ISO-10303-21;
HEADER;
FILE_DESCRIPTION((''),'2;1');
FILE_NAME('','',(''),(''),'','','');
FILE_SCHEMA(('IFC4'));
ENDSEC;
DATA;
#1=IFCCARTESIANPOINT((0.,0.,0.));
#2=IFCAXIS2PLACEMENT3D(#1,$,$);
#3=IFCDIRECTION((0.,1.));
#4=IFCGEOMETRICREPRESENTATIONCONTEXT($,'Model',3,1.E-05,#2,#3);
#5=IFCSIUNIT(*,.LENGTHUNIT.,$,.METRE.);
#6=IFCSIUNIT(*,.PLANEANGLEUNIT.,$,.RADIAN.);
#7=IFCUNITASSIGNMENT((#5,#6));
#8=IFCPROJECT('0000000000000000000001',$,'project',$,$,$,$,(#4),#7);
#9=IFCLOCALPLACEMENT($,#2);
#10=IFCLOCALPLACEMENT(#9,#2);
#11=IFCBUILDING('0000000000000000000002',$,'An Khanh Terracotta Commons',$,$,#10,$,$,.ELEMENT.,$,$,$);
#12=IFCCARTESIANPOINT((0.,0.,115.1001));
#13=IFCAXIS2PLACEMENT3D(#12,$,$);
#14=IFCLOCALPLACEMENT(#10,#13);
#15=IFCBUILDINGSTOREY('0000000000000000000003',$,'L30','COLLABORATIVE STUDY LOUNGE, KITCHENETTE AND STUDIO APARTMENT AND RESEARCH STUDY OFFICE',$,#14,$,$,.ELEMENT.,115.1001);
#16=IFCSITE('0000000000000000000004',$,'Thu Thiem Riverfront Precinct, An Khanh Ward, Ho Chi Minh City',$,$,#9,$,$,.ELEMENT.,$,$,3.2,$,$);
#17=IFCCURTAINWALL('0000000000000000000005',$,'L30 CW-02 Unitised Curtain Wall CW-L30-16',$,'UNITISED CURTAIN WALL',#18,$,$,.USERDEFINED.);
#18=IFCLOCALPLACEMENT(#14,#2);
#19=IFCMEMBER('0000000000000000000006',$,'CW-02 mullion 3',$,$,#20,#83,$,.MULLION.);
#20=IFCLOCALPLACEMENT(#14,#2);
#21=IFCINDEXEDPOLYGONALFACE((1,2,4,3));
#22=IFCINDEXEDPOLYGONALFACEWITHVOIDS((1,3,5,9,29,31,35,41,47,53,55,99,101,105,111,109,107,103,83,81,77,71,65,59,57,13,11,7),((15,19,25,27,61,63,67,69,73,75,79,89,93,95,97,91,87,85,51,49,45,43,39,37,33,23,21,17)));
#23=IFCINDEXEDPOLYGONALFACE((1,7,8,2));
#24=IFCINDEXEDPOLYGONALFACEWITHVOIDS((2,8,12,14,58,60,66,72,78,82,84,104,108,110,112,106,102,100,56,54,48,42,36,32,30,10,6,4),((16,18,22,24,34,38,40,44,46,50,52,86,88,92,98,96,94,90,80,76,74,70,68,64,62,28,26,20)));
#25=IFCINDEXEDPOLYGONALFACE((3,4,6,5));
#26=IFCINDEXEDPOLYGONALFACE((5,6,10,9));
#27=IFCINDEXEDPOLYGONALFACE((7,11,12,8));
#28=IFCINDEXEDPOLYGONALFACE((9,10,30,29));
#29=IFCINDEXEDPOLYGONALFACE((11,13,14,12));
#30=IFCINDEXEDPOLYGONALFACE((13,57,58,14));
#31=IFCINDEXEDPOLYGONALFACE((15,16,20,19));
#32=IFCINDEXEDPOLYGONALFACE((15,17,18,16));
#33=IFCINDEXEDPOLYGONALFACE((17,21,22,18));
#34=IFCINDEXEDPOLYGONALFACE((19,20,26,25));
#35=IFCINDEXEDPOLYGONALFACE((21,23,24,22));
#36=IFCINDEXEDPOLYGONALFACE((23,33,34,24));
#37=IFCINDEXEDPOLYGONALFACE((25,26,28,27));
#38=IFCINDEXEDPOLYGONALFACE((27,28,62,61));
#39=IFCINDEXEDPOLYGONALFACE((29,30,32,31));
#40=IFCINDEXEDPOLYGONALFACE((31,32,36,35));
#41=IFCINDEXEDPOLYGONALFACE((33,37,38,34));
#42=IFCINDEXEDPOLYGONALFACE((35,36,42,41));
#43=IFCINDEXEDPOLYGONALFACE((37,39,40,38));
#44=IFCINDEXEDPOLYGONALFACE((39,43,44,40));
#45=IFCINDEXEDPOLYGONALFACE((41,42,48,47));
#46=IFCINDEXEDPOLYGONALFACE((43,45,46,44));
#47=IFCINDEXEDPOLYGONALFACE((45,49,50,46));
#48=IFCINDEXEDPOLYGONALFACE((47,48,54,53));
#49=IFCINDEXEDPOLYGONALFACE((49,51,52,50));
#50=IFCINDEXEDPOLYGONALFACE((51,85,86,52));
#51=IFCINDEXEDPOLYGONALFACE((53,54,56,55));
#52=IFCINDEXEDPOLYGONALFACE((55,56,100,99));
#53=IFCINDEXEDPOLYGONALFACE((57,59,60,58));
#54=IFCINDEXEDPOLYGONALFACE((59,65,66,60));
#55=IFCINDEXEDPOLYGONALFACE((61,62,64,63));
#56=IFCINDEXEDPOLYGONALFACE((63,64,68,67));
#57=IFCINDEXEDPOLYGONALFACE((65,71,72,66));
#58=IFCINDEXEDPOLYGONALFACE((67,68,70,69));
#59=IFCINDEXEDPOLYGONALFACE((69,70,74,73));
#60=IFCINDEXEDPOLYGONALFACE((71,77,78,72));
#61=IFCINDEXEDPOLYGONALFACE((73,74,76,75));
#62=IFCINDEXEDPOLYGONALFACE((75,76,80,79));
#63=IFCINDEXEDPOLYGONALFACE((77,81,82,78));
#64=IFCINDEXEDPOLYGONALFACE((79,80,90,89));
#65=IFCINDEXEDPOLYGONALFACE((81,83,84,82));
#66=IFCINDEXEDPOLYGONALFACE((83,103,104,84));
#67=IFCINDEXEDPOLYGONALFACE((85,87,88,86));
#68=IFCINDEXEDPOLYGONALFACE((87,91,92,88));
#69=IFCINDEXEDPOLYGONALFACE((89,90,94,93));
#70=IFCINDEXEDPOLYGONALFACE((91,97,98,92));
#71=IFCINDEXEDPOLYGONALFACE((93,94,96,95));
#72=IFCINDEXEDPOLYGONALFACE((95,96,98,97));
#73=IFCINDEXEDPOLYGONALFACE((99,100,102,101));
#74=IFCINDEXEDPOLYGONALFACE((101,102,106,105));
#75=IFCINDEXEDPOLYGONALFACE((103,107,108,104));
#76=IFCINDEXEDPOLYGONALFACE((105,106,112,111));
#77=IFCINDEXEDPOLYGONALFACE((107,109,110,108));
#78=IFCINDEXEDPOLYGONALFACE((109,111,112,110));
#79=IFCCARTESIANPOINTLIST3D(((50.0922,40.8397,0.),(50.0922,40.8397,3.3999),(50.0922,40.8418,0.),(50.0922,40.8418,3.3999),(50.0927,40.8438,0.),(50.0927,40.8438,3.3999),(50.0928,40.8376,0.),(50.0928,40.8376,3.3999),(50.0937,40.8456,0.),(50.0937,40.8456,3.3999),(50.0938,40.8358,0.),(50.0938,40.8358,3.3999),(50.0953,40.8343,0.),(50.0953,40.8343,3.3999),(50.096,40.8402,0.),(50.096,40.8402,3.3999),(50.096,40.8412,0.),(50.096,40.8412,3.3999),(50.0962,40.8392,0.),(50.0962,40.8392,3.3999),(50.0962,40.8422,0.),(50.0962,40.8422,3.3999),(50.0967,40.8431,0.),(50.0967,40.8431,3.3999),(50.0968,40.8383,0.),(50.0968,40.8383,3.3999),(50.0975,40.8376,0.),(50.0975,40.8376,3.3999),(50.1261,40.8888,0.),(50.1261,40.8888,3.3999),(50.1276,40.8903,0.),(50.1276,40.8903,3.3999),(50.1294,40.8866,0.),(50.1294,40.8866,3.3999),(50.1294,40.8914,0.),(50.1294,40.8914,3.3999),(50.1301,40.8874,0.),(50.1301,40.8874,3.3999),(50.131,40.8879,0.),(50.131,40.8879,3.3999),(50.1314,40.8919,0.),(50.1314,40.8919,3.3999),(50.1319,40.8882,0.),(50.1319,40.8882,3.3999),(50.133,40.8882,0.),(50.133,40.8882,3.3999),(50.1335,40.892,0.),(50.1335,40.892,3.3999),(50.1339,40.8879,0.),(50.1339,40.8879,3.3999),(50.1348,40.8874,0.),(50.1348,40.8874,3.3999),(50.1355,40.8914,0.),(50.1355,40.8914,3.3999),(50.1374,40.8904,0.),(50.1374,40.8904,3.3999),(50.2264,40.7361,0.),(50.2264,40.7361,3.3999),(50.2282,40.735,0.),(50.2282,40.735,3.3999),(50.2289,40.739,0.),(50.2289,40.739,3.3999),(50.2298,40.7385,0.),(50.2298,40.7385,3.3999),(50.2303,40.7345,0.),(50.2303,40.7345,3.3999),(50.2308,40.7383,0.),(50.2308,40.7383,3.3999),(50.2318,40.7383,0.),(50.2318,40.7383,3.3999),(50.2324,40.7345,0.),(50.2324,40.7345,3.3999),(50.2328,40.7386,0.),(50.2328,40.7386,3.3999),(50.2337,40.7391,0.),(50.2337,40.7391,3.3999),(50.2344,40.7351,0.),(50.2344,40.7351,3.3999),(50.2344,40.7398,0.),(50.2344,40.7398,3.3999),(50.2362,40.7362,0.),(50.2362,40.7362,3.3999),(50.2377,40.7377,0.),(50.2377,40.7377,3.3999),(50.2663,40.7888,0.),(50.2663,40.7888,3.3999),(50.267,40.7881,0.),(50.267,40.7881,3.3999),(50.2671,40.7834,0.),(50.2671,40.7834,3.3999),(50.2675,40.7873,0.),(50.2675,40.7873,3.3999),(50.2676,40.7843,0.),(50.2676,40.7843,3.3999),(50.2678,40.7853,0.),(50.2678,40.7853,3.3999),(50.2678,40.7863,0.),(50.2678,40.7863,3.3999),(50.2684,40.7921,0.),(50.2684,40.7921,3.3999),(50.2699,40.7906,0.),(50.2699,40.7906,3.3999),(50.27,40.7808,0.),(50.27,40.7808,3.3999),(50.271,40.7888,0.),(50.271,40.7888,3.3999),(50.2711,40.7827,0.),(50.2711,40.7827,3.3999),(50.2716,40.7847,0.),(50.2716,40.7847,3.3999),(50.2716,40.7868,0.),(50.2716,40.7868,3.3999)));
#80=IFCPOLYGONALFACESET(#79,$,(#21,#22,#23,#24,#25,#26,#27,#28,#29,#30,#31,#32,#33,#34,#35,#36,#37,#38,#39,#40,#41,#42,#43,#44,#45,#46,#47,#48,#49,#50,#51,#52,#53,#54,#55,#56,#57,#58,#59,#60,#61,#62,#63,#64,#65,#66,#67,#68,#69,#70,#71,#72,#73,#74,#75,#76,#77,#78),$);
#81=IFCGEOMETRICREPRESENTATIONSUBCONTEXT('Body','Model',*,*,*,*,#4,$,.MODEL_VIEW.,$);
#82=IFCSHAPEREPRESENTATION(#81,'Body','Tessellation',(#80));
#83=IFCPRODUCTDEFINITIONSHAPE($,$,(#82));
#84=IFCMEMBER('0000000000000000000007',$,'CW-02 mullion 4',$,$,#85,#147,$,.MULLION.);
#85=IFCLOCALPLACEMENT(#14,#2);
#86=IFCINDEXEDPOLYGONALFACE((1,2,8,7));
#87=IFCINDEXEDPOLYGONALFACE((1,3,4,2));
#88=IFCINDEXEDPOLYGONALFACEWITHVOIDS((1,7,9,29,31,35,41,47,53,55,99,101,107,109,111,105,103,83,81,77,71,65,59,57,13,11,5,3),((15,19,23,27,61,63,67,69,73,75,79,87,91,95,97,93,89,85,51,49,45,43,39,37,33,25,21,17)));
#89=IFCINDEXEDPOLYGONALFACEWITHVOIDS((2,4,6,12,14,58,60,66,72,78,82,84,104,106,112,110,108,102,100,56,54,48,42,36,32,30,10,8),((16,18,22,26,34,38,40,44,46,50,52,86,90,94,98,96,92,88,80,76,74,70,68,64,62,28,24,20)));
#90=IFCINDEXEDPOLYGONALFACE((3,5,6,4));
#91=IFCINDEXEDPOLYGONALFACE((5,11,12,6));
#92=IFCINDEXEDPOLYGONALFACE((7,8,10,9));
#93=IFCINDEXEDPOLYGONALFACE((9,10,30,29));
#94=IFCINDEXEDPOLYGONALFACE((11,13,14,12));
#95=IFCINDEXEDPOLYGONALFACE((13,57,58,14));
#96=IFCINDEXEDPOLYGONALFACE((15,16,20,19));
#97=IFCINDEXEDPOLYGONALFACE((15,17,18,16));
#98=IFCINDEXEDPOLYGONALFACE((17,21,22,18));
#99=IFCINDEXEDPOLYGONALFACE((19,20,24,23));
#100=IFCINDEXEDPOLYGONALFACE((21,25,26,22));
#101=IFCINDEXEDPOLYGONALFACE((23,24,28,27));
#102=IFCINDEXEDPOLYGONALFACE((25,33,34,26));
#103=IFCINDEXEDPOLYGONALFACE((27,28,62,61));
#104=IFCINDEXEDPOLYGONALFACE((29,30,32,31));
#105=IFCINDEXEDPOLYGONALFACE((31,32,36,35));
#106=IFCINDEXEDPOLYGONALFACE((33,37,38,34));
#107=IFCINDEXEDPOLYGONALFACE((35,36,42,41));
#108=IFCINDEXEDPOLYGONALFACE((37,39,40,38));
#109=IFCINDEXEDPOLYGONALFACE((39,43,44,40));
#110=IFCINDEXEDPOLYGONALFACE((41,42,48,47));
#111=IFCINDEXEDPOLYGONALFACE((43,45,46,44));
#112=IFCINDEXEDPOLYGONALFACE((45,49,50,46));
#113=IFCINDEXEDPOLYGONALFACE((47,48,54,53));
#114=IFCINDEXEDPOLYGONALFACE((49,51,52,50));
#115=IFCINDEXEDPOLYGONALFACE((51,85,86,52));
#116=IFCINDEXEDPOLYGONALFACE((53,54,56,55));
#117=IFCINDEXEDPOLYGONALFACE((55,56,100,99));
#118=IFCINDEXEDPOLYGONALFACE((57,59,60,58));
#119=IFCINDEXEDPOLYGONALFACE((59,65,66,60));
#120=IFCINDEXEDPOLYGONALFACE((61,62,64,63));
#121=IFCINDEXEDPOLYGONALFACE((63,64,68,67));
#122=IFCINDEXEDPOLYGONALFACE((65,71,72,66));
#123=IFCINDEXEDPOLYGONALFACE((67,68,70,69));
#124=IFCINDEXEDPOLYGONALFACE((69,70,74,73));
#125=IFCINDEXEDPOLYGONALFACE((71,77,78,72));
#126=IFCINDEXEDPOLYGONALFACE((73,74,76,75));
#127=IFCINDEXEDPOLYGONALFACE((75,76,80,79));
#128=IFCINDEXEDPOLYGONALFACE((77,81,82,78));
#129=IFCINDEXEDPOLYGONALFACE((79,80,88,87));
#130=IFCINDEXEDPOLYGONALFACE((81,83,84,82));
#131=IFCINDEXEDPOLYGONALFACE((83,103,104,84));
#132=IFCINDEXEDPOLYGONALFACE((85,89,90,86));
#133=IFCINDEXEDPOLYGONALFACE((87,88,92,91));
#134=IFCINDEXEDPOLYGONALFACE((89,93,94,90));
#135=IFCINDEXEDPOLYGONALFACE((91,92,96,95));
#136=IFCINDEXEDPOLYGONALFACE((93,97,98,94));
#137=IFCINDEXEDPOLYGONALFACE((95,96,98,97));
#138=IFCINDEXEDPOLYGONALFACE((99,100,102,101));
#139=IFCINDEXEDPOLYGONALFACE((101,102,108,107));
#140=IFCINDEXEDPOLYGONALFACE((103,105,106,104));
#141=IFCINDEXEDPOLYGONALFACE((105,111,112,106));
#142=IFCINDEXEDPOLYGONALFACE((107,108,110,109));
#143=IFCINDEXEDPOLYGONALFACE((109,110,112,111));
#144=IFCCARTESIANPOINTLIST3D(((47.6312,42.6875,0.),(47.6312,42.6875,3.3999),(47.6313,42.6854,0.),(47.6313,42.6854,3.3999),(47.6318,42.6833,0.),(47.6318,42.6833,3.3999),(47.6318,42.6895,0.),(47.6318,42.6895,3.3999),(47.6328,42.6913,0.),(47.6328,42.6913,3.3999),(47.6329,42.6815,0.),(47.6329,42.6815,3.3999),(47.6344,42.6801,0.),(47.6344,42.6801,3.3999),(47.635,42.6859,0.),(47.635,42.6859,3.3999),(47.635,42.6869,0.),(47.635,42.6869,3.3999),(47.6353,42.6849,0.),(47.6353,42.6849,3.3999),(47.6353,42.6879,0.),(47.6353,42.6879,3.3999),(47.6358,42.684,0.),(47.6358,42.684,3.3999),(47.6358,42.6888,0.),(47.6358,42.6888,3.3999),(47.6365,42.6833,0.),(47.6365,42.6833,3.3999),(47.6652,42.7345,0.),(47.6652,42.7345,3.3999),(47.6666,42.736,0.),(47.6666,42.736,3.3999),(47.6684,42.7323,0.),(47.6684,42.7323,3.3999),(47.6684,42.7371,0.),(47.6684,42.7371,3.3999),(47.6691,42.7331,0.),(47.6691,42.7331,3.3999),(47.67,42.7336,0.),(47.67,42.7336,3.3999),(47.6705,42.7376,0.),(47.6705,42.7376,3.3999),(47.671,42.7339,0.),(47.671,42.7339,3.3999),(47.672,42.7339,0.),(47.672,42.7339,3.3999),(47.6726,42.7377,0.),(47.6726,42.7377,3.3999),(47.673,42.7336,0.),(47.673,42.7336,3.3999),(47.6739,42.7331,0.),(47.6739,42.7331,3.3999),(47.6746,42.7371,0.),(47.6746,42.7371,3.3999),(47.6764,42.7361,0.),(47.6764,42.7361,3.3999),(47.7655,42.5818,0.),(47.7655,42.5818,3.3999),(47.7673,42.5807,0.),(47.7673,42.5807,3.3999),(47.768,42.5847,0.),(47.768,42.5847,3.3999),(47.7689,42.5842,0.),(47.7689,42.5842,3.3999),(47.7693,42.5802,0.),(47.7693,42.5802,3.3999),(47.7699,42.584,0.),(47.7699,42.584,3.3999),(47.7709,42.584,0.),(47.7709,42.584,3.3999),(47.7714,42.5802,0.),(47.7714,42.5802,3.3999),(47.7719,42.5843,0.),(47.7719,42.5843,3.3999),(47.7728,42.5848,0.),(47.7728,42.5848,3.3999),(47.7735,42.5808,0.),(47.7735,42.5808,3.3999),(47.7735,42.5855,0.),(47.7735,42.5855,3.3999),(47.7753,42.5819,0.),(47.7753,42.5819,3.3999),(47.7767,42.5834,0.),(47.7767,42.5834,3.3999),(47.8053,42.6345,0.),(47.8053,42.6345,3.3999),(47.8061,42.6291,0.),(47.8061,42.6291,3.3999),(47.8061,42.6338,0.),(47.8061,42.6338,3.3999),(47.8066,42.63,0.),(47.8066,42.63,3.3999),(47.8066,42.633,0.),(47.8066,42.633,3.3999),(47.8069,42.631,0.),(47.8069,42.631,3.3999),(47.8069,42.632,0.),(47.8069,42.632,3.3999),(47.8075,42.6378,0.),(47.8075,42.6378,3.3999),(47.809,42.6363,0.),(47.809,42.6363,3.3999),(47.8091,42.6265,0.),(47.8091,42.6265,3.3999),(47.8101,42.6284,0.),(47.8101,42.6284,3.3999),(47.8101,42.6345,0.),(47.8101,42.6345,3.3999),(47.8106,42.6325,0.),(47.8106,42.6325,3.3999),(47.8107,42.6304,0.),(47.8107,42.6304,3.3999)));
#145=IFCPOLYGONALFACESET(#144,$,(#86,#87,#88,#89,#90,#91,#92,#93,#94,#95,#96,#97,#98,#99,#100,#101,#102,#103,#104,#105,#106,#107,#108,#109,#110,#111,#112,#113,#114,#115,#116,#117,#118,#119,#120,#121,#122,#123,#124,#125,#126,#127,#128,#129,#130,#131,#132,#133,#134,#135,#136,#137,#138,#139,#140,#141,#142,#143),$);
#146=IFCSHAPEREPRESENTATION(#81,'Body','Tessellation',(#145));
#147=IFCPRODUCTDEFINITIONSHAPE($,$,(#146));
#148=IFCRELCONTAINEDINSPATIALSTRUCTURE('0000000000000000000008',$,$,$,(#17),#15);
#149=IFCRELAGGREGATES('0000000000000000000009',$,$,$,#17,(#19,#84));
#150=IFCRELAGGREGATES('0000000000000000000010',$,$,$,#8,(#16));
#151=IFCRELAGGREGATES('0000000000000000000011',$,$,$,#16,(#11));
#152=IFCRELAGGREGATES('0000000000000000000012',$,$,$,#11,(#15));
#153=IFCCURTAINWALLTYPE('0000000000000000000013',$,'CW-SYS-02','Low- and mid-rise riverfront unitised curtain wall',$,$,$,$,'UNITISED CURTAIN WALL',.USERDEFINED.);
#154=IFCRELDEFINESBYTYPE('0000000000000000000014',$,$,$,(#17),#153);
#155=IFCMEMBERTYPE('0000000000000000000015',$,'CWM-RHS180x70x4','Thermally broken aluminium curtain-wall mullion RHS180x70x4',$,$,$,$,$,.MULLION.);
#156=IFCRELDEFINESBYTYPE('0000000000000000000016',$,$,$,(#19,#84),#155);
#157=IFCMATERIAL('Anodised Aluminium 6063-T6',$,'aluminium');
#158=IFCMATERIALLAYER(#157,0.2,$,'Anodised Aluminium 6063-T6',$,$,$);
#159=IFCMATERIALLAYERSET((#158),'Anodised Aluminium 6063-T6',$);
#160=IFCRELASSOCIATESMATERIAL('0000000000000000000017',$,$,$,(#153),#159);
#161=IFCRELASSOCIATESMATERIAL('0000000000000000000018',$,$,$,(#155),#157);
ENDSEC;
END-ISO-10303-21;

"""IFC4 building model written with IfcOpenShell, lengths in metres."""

from ifc_helpers import new_model, si_unit, direction, frame, origin, origin_2d, place, context, subcontext, project, spatial, hollow_rectangle, extrude, material, layer, layer_set, material_profile, profile_set, type_object, element, aggregate, save


model = new_model("IFC4")

# Units and contexts
model_context = context("Model", 3, precision=1e-05, world=origin(), true_north=direction((0.0, 1.0)))
body_context = subcontext(model_context, "Body", "Model", "MODEL_VIEW")
ifc_project = project(units=[si_unit("LENGTHUNIT", "METRE"), si_unit("PLANEANGLEUNIT", "RADIAN")], contexts=[model_context])

# Site, building, storey
site_placement = place(None, origin())
site = spatial("IfcSite", under=ifc_project, at=site_placement, Name="Thu Thiem Riverfront Precinct, An Khanh Ward, Ho Chi Minh City", CompositionType="ELEMENT", RefElevation=3.2)
building_placement = place(site_placement, origin())
building = spatial("IfcBuilding", under=site, at=building_placement, Name="An Khanh Terracotta Commons", CompositionType="ELEMENT")
storey_placement = place(building_placement, frame((0.0, 0.0, 115.1001)))
storey = spatial("IfcBuildingStorey", under=building, at=storey_placement, Name="L30", Description="COLLABORATIVE STUDY LOUNGE, KITCHENETTE AND STUDIO APARTMENT AND RESEARCH STUDY OFFICE", CompositionType="ELEMENT", Elevation=115.1001)

# Curtain wall, members
ifc_material_1 = material(Name="Anodised Aluminium 6063-T6", Category="aluminium")
ifc_layer_1 = layer(ifc_material_1, 0.2, Name="Anodised Aluminium 6063-T6")
ifc_layer_set_1 = layer_set([ifc_layer_1], Name="Anodised Aluminium 6063-T6")
curtain_wall_type = type_object("IfcCurtainWallType", Name="CW-SYS-02", Description="Low- and mid-rise riverfront unitised curtain wall", ElementType="UNITISED CURTAIN WALL", PredefinedType="USERDEFINED", material=ifc_layer_set_1)
curtain_wall_placement = place(storey_placement, origin())
curtain_wall = element("IfcCurtainWall", 1, at=curtain_wall_placement, inside=storey, type_object=curtain_wall_type, Name="L30 CW-02 Unitised Curtain Wall CW-L30-16", ObjectType="UNITISED CURTAIN WALL", PredefinedType="USERDEFINED")
ifc_material_profile_1 = material_profile(ifc_material_1, hollow_rectangle(XDim=0.0701, YDim=0.1799, WallThickness=0.0039, InnerFilletRadius=0.0039, OuterFilletRadius=0.0081, at=origin_2d()), Name="RHS180x70x4")
ifc_profile_set_1 = profile_set([ifc_material_profile_1], Name="Anodised Aluminium 6063-T6")
member_type_1 = type_object("IfcMemberType", Name="CWM-RHS180x70x4", Description="Thermally broken aluminium curtain-wall mullion RHS180x70x4", PredefinedType="MULLION", material=ifc_profile_set_1)
member_1_placement = place(storey_placement, frame((50.1819, 40.8132, 0.0), z_axis=(0.0, 0.0, 1.0), x_axis=(-0.599983, -0.800013, 0.0)))
member_1 = element("IfcMember", 2, at=member_1_placement, type_object=member_type_1, Name="CW-02 mullion 3", PredefinedType="MULLION", context=body_context, shape_type="SweptSolid", body=[
    extrude(hollow_rectangle(XDim=0.0701, YDim=0.1799, WallThickness=0.0039, InnerFilletRadius=0.0039, OuterFilletRadius=0.0081, at=origin_2d()), origin(), (0.0, 0.0, 1.0), 3.3999),
])
member_2_placement = place(storey_placement, frame((47.7209, 42.6589, 0.0), z_axis=(0.0, 0.0, 1.0), x_axis=(-0.599983, -0.800013, 0.0)))
member_2 = element("IfcMember", 3, at=member_2_placement, type_object=member_type_1, Name="CW-02 mullion 4", PredefinedType="MULLION", context=body_context, shape_type="SweptSolid", body=[
    extrude(hollow_rectangle(XDim=0.0701, YDim=0.1799, WallThickness=0.0039, InnerFilletRadius=0.0039, OuterFilletRadius=0.0081, at=origin_2d()), origin(), (0.0, 0.0, 1.0), 3.3999),
])
aggregate(curtain_wall, [member_1, member_2])

save(model, "model.ifc")
